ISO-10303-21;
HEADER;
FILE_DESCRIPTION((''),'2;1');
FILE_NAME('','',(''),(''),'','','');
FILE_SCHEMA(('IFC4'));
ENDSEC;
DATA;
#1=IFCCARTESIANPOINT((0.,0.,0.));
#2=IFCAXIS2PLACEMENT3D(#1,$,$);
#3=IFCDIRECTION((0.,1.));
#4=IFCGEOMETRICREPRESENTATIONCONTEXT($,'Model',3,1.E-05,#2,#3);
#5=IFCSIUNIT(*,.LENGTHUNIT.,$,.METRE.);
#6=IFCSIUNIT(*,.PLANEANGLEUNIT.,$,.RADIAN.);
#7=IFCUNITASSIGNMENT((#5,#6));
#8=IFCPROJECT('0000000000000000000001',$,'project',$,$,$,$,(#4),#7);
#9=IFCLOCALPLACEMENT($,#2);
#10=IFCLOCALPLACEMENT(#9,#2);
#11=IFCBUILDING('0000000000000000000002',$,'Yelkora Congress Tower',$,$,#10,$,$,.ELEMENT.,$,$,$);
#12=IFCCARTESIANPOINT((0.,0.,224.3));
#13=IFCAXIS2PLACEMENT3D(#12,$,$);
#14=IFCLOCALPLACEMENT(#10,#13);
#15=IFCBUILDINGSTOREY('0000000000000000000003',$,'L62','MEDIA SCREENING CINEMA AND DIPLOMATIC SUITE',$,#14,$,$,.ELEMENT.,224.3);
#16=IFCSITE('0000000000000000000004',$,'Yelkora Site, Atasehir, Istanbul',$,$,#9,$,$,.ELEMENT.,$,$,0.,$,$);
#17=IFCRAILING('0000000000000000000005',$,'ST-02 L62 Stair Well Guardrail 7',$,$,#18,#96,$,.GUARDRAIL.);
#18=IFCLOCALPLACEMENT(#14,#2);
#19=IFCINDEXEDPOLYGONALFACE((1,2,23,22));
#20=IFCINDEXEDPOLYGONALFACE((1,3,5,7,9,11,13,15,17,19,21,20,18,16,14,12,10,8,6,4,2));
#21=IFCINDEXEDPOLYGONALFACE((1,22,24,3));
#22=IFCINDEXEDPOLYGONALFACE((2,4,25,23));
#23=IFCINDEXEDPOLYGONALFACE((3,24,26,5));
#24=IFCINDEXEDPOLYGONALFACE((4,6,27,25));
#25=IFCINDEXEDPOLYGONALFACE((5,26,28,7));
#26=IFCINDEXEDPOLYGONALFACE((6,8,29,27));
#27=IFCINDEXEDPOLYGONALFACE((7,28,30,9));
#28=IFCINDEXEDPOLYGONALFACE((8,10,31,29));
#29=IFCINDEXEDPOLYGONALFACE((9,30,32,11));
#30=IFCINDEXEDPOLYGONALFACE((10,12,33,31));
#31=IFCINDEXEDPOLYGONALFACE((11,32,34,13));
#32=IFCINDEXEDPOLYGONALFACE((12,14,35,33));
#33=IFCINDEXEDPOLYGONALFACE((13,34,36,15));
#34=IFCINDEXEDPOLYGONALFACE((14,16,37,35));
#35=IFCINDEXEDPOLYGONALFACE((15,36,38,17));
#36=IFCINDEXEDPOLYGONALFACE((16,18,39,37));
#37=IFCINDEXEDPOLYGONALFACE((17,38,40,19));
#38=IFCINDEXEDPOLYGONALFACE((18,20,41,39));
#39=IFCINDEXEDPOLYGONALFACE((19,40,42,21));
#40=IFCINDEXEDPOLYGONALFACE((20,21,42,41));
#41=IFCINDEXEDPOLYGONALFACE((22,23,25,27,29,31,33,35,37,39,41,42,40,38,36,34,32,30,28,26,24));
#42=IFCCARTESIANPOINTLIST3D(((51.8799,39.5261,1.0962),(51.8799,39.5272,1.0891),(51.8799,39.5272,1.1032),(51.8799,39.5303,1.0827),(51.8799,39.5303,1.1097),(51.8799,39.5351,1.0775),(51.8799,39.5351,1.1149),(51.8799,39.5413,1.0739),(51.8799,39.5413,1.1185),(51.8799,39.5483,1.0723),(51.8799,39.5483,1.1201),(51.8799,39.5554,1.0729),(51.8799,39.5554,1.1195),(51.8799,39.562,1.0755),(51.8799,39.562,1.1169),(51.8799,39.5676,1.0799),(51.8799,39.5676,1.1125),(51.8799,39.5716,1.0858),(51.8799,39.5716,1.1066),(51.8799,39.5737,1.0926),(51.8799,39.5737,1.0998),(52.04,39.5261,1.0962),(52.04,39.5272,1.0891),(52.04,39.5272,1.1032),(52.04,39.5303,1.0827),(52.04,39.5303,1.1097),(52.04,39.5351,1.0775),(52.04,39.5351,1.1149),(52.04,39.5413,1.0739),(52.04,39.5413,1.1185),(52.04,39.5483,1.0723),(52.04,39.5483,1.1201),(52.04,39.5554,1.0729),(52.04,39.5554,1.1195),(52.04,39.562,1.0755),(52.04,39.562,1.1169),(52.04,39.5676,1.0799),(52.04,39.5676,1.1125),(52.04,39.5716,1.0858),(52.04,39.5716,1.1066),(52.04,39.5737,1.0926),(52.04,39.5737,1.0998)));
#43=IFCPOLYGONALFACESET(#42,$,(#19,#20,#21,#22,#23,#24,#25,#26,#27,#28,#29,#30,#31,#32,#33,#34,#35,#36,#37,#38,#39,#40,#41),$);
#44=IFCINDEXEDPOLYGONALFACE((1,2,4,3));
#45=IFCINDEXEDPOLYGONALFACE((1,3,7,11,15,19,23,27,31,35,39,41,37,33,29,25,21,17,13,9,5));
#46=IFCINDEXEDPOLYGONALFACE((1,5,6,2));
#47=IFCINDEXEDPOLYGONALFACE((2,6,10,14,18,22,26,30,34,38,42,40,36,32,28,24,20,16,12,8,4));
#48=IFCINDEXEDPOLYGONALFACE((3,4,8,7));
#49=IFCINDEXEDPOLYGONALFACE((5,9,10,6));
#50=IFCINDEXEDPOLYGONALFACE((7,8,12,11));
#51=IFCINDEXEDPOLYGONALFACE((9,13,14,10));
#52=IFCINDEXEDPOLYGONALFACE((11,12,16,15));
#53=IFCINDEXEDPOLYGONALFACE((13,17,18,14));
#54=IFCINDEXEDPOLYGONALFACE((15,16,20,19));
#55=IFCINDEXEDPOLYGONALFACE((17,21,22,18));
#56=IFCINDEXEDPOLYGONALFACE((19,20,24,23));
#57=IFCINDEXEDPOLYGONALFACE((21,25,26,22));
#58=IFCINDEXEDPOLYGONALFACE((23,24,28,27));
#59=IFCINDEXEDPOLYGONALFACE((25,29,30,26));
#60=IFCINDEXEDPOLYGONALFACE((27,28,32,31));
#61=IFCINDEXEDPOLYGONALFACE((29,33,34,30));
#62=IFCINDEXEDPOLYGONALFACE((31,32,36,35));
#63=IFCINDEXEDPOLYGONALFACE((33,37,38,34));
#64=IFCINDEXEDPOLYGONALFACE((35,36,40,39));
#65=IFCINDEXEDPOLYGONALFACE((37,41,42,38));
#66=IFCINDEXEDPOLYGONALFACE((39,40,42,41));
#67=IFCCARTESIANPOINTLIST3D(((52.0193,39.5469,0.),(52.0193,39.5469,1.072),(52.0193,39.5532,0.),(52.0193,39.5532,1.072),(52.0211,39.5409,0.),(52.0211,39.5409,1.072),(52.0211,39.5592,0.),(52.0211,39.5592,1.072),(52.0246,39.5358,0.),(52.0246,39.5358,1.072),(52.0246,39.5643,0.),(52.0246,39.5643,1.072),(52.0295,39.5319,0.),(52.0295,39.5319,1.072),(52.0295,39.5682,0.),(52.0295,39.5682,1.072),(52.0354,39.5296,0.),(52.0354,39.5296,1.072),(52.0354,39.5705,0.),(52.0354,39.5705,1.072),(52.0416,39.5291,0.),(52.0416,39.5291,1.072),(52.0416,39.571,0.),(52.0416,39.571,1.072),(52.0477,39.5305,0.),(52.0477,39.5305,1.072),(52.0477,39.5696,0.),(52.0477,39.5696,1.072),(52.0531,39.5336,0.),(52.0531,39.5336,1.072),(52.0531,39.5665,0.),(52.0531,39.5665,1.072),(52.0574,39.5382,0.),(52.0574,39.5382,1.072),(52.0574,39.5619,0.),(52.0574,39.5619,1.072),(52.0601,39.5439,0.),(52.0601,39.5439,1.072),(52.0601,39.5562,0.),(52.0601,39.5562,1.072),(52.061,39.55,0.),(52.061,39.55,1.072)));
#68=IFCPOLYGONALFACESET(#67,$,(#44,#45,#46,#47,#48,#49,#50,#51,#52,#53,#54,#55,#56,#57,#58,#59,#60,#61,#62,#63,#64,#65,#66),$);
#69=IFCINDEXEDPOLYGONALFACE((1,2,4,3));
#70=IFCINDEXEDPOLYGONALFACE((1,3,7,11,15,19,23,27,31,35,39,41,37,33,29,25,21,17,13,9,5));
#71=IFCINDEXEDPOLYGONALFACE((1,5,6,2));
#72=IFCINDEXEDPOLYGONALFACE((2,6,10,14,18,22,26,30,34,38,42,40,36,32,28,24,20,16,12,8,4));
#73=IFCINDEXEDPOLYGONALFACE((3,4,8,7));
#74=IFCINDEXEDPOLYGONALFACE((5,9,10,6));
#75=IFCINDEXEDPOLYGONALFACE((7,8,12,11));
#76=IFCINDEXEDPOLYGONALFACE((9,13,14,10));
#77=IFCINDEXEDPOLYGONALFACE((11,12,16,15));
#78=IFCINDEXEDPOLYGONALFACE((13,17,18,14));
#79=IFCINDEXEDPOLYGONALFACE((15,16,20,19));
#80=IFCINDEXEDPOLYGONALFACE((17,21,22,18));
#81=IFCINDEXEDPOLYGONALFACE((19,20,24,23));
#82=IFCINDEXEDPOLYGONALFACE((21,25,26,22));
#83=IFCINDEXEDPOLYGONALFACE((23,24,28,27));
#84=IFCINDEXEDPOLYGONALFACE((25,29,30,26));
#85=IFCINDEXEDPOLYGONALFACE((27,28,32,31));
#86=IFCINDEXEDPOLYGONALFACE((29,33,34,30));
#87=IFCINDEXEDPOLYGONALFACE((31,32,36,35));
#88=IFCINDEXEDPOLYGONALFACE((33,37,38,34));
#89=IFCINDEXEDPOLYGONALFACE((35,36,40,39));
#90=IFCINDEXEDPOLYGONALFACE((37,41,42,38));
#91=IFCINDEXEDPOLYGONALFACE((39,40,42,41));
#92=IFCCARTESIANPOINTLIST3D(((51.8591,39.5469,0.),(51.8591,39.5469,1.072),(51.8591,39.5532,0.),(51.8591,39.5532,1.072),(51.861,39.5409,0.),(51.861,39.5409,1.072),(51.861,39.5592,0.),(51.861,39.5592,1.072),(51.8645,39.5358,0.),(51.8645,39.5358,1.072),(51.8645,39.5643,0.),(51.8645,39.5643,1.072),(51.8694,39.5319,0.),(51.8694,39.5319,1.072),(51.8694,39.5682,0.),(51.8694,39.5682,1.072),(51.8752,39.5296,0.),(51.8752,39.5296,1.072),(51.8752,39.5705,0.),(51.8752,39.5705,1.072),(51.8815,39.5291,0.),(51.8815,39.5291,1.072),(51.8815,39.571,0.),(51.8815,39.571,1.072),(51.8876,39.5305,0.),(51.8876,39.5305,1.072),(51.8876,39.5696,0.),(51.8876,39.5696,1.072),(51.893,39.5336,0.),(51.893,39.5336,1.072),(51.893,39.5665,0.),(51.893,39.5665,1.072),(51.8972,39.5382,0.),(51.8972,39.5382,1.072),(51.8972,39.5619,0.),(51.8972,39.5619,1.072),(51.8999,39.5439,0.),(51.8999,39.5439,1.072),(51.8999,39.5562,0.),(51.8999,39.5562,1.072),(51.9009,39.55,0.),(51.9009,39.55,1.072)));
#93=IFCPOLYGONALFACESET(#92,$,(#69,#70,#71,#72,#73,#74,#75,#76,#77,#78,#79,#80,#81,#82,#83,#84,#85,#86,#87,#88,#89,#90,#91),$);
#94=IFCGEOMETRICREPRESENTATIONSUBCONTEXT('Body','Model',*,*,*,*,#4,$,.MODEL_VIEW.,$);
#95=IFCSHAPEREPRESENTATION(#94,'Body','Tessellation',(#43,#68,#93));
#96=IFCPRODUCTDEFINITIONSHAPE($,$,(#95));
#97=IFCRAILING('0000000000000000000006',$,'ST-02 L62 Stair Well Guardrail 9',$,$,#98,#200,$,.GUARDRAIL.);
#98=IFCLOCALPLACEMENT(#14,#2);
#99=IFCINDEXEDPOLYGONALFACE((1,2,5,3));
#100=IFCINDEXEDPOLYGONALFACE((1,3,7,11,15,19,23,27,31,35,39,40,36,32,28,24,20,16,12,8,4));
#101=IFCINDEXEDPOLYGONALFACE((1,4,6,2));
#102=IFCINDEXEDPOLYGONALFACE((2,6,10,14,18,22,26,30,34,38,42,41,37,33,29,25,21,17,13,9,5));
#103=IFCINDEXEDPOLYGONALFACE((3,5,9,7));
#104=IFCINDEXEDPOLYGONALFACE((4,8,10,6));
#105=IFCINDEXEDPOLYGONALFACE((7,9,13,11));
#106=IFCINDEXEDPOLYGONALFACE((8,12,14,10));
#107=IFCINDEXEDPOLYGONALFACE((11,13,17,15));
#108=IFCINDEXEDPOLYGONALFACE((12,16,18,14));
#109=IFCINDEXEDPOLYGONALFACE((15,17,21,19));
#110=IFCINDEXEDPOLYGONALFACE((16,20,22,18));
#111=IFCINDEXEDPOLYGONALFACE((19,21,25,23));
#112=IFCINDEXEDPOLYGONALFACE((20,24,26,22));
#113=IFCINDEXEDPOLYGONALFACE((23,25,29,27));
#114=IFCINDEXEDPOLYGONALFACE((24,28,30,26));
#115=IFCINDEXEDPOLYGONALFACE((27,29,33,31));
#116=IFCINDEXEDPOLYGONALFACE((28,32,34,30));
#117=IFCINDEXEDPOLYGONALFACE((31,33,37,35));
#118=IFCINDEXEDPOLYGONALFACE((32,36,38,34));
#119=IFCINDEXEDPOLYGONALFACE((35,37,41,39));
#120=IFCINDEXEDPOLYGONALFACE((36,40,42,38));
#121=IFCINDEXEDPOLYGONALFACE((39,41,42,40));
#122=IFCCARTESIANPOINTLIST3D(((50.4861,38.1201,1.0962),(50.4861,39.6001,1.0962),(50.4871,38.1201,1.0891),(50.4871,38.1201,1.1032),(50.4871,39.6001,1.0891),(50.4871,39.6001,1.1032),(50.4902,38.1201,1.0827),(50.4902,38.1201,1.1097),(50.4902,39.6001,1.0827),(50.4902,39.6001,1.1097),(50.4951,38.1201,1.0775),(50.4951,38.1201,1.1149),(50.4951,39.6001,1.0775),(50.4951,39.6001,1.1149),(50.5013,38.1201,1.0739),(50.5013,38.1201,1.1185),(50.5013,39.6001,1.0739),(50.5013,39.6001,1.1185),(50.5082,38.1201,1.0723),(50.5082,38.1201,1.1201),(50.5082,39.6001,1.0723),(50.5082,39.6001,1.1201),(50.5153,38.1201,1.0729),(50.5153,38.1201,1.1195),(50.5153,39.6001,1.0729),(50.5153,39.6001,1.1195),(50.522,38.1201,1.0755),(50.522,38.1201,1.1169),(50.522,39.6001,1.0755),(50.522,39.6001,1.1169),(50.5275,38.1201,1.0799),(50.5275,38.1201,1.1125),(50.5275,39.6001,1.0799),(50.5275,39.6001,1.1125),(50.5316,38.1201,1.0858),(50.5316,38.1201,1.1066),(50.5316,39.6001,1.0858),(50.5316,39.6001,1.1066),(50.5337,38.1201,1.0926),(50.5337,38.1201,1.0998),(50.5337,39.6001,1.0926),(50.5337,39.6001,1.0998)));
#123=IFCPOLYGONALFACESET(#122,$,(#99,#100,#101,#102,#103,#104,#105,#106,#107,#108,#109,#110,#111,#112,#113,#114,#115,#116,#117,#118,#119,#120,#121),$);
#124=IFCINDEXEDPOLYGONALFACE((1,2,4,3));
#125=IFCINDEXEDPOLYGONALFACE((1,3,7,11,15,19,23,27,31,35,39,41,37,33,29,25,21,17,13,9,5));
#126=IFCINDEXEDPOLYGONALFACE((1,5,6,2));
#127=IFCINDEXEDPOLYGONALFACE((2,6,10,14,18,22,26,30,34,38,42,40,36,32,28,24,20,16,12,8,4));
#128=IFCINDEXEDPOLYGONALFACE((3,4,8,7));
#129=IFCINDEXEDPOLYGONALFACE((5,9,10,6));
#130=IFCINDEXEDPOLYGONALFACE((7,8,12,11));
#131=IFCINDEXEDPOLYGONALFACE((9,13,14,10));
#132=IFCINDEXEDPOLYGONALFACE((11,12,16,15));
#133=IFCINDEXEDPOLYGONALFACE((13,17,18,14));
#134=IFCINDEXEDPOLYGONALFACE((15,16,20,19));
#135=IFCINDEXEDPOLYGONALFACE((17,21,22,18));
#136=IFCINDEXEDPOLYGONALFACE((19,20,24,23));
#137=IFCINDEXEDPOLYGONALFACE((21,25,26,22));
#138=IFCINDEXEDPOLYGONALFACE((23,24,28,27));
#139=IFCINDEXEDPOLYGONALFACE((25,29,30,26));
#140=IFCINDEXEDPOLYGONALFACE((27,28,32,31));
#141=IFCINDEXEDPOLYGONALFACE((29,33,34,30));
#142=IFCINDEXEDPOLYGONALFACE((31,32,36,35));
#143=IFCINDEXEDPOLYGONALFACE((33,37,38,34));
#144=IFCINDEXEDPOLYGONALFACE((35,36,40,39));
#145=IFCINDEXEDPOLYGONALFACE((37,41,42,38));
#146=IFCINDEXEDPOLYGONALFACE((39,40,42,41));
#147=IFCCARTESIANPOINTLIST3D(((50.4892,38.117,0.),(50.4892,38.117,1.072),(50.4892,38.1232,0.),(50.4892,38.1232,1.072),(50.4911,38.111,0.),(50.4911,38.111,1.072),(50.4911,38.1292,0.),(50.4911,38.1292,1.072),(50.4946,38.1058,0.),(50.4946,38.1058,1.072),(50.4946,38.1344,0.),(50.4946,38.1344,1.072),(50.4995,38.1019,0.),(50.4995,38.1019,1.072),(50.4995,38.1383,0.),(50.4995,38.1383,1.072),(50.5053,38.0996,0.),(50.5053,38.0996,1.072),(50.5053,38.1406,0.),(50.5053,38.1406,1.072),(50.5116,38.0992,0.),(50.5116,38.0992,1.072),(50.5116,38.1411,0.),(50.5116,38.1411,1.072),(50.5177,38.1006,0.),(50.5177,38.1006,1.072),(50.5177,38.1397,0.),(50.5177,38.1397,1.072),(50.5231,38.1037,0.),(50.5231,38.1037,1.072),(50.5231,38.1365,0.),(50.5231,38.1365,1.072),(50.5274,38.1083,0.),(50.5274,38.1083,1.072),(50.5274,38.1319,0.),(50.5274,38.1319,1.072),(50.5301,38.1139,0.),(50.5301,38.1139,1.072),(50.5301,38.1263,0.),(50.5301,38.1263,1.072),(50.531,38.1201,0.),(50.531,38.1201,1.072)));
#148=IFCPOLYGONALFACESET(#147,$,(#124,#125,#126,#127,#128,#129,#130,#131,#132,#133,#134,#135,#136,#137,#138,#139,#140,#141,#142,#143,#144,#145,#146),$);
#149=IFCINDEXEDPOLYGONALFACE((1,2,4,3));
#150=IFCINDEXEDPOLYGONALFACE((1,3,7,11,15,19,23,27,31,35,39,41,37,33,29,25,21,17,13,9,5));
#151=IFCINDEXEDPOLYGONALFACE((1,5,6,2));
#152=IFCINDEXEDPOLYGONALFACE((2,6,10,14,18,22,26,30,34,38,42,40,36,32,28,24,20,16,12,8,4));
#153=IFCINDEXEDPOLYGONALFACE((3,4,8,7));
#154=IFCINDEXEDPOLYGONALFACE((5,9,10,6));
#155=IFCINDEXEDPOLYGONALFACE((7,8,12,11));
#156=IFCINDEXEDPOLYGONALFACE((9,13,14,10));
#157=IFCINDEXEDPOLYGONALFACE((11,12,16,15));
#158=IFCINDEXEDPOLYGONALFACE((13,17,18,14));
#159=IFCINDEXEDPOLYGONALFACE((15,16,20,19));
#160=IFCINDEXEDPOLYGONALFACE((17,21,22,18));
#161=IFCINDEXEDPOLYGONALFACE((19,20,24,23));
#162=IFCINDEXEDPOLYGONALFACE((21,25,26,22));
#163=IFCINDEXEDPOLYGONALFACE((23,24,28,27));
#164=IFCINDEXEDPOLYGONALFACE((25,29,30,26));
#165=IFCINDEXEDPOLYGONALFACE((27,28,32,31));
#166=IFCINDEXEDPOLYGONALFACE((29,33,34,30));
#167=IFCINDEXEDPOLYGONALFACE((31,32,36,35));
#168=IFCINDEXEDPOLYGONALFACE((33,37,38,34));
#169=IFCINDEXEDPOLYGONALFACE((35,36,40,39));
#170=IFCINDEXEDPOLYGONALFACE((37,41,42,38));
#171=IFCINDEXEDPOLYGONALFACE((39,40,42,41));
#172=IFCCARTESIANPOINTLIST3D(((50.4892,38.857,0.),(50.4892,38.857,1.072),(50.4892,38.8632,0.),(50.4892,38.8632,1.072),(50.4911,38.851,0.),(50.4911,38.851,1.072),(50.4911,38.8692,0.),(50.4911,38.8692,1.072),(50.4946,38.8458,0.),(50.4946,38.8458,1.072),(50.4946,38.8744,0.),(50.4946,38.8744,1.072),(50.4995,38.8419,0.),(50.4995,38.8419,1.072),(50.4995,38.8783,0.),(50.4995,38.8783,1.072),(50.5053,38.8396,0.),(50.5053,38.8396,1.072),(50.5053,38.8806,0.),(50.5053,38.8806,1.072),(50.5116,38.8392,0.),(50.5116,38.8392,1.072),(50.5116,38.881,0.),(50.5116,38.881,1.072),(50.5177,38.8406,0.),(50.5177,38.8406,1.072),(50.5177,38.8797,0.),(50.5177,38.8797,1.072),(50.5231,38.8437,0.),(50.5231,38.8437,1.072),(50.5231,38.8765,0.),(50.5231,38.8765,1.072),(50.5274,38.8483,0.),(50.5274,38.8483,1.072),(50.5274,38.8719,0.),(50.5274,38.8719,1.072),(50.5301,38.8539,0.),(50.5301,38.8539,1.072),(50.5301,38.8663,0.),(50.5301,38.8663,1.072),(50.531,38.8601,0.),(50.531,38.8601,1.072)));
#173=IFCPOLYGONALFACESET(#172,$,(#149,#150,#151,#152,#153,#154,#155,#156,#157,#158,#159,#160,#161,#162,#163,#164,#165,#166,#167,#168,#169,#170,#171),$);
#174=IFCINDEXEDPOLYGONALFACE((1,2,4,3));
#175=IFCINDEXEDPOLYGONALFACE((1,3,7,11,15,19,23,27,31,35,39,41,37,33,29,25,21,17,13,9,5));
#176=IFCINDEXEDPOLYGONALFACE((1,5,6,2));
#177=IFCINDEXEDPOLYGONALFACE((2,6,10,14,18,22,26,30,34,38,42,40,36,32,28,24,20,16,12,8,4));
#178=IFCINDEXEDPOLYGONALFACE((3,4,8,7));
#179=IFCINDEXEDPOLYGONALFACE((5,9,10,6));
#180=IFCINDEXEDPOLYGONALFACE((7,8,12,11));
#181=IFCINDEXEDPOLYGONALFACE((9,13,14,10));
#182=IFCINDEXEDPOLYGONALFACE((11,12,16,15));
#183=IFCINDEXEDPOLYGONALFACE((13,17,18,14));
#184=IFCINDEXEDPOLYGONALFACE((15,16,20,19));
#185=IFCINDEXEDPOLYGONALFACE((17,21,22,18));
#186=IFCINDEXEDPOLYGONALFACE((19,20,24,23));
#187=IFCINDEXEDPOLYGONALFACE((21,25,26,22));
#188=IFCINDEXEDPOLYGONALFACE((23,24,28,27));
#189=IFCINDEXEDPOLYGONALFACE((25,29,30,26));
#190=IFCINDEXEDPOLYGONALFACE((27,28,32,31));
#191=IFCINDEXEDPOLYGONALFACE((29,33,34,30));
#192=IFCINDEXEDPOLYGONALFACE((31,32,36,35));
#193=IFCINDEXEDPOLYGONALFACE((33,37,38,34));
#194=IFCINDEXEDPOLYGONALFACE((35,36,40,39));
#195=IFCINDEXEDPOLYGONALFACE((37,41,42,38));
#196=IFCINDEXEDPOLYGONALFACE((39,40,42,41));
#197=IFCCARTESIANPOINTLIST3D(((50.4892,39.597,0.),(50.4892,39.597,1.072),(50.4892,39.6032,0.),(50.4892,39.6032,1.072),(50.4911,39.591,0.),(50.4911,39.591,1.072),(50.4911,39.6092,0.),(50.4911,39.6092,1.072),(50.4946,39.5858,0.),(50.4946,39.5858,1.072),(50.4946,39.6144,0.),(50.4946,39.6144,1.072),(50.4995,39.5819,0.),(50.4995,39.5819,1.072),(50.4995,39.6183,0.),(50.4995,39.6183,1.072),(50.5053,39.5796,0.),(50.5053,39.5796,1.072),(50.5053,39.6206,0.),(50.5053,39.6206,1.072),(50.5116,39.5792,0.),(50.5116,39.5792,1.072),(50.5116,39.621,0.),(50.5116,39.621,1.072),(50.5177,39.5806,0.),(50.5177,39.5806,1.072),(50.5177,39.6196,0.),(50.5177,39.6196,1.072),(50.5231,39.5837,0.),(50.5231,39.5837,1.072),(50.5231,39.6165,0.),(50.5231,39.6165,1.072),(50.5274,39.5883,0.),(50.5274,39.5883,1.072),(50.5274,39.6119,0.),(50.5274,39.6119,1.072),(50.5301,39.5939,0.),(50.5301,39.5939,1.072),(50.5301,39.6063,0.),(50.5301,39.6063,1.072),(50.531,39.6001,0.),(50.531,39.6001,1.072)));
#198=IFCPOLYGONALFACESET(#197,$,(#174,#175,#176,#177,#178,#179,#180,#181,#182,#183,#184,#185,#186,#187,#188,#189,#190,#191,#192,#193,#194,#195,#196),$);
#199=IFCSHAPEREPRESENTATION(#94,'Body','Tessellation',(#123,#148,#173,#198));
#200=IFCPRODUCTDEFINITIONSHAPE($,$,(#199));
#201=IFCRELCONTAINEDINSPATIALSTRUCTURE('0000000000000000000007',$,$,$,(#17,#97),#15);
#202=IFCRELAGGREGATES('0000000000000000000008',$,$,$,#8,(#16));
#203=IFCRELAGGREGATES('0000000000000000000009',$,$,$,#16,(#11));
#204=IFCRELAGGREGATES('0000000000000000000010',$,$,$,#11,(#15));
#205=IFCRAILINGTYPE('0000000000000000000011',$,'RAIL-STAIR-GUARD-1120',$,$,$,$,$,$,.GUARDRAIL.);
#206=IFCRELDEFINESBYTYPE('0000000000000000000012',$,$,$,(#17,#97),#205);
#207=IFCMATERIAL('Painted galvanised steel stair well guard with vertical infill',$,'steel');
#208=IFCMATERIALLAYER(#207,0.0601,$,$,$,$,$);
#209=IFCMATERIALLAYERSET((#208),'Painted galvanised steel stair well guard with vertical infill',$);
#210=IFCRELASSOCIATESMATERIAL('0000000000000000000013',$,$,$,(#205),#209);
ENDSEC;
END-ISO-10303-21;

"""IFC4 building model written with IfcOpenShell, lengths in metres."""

from ifc_helpers import new_model, si_unit, direction, frame, origin, origin_2d, place, context, subcontext, project, spatial, circle, extrude, material, layer, layer_set, type_object, element, save


model = new_model("IFC4")

# Units and contexts
model_context = context("Model", 3, precision=1e-05, world=origin(), true_north=direction((0.0, 1.0)))
body_context = subcontext(model_context, "Body", "Model", "MODEL_VIEW")
ifc_project = project(units=[si_unit("LENGTHUNIT", "METRE"), si_unit("PLANEANGLEUNIT", "RADIAN")], contexts=[model_context])

# Site, building, storey
site_placement = place(None, origin())
site = spatial("IfcSite", under=ifc_project, at=site_placement, Name="Yelkora Site, Atasehir, Istanbul", CompositionType="ELEMENT", RefElevation=0.0)
building_placement = place(site_placement, origin())
building = spatial("IfcBuilding", under=site, at=building_placement, Name="Yelkora Congress Tower", CompositionType="ELEMENT")
storey_placement = place(building_placement, frame((0.0, 0.0, 224.3)))
storey = spatial("IfcBuildingStorey", under=building, at=storey_placement, Name="L62", Description="MEDIA SCREENING CINEMA AND DIPLOMATIC SUITE", CompositionType="ELEMENT", Elevation=224.3)

# Railings
ifc_material_1 = material(Name="Painted galvanised steel stair well guard with vertical infill", Category="steel")
ifc_layer_1 = layer(ifc_material_1, 0.0601)
ifc_layer_set_1 = layer_set([ifc_layer_1], Name="Painted galvanised steel stair well guard with vertical infill")
railing_type_1 = type_object("IfcRailingType", Name="RAIL-STAIR-GUARD-1120", PredefinedType="GUARDRAIL", material=ifc_layer_set_1)
railing_1_placement = place(storey_placement, frame((52.04, 39.55, 0.0)))
element("IfcRailing", 1, at=railing_1_placement, inside=storey, type_object=railing_type_1, Name="ST-02 L62 Stair Well Guardrail 7", PredefinedType="GUARDRAIL", context=body_context, shape_type="SweptSolid", body=[
    extrude(circle(Radius=0.0239, at=origin_2d()), frame((0.0, 0.0, 1.0962), z_axis=(-1.0, 0.0, 0.0), x_axis=(0.0, -1.0, 0.0)), (0.0, 0.0, 1.0), 0.1602),
    extrude(circle(Radius=0.021, at=origin_2d()), origin(), (0.0, 0.0, 1.0), 1.072),
    extrude(circle(Radius=0.021, at=origin_2d()), frame((-0.1602, 0.0, 0.0)), (0.0, 0.0, 1.0), 1.072),
])
railing_2_placement = place(storey_placement, frame((50.51, 38.1201, 0.0)))
element("IfcRailing", 2, at=railing_2_placement, inside=storey, type_object=railing_type_1, Name="ST-02 L62 Stair Well Guardrail 9", PredefinedType="GUARDRAIL", context=body_context, shape_type="SweptSolid", body=[
    extrude(circle(Radius=0.0239, at=origin_2d()), frame((0.0, 0.0, 1.0962), z_axis=(0.0, 1.0, 0.0), x_axis=(-1.0, 0.0, 0.0)), (0.0, 0.0, 1.0), 1.48),
    extrude(circle(Radius=0.021, at=origin_2d()), origin(), (0.0, 0.0, 1.0), 1.072),
    extrude(circle(Radius=0.021, at=origin_2d()), frame((0.0, 0.74, 0.0)), (0.0, 0.0, 1.0), 1.072),
    extrude(circle(Radius=0.021, at=origin_2d()), frame((0.0, 1.48, 0.0)), (0.0, 0.0, 1.0), 1.072),
])

save(model, "model.ifc")
